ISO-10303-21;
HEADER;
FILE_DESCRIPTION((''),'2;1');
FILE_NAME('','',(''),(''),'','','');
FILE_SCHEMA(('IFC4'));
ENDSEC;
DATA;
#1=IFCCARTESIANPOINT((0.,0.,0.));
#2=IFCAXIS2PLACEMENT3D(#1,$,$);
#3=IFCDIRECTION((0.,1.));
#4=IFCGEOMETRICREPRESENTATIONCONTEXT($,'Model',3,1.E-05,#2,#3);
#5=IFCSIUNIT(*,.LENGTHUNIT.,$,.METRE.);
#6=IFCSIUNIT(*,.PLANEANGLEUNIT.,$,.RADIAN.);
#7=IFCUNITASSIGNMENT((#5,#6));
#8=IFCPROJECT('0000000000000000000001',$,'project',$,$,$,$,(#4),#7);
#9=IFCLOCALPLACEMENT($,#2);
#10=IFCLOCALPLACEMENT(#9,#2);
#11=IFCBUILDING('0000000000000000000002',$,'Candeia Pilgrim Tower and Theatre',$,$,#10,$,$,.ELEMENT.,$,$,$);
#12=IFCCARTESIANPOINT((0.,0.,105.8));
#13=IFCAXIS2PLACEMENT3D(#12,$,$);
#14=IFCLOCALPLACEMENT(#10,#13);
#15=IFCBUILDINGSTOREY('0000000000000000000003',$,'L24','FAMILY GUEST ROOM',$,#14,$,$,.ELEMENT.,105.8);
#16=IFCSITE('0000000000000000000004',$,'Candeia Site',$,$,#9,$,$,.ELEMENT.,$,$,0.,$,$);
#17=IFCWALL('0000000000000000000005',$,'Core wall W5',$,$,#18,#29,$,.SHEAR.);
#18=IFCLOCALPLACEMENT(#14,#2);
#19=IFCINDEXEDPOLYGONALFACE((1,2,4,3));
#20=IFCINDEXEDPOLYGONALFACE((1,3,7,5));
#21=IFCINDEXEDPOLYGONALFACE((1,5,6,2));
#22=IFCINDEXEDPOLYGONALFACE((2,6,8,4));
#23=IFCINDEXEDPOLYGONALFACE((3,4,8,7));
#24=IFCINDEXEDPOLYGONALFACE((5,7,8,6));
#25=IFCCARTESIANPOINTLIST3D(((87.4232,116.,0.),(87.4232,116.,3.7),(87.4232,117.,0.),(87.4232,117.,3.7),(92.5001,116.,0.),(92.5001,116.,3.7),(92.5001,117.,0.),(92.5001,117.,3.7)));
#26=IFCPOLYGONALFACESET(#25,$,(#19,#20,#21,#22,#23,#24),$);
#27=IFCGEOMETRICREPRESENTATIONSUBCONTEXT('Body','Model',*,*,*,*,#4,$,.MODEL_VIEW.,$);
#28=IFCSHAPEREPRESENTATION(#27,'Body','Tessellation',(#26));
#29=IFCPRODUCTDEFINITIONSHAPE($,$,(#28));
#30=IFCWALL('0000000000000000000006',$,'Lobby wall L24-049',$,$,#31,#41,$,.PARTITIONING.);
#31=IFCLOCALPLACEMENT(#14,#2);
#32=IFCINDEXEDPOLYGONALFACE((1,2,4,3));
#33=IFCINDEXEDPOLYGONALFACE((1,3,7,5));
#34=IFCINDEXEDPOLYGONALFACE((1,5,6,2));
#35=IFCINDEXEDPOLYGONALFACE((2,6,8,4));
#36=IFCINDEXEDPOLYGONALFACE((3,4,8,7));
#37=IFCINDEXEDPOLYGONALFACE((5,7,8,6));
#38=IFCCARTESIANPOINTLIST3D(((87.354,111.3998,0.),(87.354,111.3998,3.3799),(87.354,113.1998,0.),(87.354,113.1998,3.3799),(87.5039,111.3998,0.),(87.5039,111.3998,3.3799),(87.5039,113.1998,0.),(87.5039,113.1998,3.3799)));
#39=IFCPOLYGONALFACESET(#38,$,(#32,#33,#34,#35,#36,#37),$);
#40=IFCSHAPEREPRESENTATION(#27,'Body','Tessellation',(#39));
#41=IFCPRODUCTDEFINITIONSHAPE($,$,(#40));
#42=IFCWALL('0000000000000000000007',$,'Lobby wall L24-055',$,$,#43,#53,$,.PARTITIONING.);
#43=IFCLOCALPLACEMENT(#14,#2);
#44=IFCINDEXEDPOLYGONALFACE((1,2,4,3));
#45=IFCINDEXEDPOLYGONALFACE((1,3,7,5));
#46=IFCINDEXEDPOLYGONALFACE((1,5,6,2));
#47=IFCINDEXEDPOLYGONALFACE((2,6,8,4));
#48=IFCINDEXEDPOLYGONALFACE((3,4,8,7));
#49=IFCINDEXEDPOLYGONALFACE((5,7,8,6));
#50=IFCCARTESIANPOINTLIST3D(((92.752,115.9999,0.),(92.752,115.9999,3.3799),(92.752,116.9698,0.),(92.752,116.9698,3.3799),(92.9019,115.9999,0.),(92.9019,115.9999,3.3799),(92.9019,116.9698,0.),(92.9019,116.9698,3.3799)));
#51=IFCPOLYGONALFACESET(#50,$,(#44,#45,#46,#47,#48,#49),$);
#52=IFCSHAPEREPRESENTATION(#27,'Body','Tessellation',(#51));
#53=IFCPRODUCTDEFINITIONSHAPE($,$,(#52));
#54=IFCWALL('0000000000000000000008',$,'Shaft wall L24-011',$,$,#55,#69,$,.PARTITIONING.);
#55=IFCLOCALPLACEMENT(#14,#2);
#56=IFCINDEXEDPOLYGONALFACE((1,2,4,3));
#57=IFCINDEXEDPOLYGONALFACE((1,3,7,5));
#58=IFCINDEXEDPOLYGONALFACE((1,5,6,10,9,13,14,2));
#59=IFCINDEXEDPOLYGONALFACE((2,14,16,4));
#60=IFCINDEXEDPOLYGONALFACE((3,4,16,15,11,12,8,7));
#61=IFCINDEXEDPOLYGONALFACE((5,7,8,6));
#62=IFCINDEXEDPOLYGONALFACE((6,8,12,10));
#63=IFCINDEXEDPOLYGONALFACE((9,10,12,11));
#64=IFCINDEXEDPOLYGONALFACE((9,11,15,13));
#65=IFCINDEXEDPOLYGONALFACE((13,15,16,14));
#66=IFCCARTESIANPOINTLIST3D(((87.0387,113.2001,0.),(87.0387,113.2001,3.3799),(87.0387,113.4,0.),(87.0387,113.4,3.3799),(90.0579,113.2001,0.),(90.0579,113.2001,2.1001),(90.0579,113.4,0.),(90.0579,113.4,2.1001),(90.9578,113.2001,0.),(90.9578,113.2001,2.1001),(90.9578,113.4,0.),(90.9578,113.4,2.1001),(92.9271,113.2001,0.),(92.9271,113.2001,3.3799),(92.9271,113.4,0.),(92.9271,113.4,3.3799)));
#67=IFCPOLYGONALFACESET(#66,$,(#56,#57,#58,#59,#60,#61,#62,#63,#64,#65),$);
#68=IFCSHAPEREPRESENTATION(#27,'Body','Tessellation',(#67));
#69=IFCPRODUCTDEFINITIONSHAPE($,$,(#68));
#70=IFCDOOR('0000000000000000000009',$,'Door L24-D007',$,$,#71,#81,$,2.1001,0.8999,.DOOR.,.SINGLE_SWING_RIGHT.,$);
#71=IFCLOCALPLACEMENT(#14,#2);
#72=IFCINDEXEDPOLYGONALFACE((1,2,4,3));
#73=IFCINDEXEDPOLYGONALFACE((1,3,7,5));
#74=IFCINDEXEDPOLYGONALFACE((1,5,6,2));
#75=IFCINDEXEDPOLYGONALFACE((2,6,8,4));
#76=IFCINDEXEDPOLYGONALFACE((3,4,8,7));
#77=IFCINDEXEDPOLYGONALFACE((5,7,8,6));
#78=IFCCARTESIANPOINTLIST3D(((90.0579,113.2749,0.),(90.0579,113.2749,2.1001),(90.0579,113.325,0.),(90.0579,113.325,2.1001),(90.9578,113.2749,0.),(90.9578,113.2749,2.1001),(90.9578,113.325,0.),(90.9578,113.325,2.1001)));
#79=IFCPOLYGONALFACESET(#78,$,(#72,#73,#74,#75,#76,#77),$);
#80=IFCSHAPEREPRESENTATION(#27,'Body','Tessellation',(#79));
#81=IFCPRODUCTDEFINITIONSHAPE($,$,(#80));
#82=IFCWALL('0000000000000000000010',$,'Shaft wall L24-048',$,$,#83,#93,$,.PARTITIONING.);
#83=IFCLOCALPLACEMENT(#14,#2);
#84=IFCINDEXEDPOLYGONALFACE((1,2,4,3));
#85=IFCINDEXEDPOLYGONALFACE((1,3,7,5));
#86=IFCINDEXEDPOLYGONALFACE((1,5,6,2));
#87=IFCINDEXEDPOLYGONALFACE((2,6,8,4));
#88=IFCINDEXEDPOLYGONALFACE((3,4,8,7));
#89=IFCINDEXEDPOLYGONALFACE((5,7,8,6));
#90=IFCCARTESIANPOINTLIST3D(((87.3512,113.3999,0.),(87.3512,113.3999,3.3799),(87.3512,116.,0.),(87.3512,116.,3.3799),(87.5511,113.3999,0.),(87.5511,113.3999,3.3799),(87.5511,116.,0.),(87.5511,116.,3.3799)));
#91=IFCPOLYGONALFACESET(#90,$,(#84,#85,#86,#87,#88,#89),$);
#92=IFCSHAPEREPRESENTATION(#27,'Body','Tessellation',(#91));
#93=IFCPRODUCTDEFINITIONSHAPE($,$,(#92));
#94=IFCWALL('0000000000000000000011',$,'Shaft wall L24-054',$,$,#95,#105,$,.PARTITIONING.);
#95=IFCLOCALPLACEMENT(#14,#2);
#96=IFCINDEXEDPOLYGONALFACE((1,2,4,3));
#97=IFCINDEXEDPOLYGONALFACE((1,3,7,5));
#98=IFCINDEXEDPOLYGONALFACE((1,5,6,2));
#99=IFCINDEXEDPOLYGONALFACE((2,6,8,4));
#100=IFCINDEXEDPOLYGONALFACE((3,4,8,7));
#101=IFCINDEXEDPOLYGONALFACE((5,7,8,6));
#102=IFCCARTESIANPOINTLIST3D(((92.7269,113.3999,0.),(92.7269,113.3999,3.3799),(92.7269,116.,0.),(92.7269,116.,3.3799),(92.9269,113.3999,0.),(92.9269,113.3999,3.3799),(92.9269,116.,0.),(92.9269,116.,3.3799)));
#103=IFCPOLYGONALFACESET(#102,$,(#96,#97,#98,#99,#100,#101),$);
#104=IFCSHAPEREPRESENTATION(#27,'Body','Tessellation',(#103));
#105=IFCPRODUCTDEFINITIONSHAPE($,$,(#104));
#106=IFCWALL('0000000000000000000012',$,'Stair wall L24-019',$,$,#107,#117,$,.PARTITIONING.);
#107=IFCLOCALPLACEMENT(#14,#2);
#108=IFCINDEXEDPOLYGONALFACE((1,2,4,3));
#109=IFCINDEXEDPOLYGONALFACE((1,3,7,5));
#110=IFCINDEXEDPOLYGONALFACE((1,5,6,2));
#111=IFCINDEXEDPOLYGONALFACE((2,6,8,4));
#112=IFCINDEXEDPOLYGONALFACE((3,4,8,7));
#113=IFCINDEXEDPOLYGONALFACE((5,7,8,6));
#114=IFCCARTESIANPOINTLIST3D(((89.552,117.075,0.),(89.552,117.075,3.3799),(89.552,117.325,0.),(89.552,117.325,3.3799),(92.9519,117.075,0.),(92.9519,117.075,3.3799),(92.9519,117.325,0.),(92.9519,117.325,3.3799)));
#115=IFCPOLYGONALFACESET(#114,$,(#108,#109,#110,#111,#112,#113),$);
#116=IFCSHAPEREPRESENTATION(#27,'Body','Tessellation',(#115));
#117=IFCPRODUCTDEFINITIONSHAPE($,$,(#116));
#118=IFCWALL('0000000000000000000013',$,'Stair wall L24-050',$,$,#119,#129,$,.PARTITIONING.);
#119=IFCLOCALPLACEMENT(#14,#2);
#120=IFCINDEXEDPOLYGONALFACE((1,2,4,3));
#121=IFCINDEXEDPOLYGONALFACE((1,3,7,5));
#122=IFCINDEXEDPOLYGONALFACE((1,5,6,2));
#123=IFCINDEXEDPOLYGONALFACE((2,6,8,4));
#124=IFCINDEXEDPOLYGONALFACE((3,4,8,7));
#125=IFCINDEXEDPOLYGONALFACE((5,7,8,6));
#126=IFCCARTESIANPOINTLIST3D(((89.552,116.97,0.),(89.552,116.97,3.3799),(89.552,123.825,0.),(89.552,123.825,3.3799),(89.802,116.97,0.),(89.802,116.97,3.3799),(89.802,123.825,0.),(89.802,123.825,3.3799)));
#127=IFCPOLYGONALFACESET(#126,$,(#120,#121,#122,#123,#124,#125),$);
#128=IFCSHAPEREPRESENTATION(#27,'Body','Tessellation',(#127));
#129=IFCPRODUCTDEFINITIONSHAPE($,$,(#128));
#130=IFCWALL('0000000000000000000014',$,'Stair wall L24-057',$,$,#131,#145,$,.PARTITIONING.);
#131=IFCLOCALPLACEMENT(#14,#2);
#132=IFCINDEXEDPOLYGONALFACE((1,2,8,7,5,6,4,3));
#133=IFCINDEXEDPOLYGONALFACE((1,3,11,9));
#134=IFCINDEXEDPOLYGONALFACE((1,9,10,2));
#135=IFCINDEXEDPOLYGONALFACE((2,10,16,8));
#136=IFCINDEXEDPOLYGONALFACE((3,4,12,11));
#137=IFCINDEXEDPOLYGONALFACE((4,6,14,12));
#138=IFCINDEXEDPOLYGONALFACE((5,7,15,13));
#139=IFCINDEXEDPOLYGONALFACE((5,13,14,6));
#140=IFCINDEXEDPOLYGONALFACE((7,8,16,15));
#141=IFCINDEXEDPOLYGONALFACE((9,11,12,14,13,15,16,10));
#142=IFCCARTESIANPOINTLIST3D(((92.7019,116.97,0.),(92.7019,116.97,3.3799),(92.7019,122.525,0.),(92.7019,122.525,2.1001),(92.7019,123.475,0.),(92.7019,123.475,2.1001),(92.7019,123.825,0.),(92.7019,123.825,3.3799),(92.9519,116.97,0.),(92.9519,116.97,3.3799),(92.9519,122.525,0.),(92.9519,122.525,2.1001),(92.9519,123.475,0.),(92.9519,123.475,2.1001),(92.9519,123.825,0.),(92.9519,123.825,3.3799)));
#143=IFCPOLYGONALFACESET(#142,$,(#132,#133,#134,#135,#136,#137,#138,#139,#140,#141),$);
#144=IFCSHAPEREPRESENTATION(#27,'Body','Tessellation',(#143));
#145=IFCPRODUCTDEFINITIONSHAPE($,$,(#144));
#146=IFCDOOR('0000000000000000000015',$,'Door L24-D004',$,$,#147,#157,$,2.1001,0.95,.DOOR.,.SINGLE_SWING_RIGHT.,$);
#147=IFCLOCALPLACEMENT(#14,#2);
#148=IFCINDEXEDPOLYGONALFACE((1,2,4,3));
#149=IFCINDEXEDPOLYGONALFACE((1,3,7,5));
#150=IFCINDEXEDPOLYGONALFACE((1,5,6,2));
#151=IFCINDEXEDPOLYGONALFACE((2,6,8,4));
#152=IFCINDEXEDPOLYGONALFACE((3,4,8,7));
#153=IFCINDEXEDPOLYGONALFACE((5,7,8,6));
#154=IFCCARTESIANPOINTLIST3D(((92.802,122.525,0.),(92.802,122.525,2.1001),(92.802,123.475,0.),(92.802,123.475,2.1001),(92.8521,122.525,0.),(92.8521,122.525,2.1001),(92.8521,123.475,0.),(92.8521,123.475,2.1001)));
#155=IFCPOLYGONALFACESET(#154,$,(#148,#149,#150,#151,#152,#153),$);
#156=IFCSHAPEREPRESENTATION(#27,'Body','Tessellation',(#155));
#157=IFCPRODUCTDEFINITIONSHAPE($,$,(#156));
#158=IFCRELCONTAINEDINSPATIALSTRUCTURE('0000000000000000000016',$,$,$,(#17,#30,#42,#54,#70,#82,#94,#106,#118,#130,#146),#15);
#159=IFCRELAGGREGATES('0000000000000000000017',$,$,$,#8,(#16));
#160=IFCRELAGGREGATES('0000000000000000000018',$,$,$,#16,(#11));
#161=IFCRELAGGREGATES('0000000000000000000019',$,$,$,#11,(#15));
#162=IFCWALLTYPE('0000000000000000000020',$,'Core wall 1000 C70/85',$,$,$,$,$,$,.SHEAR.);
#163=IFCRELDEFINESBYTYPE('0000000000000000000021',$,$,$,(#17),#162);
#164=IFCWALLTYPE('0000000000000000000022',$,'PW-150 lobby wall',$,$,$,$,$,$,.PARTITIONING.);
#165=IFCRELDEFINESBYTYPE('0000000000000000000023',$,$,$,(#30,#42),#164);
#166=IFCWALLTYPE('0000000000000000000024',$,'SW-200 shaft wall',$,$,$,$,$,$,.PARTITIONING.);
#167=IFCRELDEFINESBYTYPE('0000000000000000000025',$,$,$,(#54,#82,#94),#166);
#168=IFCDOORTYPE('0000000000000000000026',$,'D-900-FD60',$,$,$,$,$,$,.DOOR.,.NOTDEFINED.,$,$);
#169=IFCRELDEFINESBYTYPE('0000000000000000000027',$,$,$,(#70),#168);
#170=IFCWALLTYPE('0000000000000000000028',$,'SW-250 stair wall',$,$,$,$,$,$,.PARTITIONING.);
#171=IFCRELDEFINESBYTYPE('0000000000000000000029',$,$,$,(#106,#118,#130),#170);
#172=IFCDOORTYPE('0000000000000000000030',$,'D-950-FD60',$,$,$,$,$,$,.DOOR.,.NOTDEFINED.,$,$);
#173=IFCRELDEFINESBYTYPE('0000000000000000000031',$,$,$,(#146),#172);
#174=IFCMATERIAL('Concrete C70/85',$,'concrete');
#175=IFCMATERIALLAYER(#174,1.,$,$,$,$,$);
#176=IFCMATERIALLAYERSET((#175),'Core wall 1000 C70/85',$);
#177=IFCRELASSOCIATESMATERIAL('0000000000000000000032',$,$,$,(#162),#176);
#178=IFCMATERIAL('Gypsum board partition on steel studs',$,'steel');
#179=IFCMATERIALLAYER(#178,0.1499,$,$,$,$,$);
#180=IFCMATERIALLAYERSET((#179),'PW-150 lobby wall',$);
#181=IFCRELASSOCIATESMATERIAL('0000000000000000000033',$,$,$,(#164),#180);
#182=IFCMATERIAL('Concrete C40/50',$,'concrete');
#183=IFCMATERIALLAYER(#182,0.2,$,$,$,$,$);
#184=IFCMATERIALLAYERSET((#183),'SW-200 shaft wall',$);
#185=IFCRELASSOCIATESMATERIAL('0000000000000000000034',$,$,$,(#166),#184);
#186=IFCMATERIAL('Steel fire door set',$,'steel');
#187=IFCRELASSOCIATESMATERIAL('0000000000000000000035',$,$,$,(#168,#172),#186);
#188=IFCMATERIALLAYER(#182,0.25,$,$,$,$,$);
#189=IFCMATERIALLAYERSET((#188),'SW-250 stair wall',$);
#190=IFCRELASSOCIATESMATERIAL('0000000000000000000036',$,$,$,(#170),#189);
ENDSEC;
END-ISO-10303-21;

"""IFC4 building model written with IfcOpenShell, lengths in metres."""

from ifc_helpers import new_model, si_unit, direction, frame, frame_2d, origin, place, context, subcontext, project, spatial, rectangle, extrude, material, layer, layer_set, type_object, element, fill, save


model = new_model("IFC4")

# Units and contexts
model_context = context("Model", 3, precision=1e-05, world=origin(), true_north=direction((0.0, 1.0)))
body_context = subcontext(model_context, "Body", "Model", "MODEL_VIEW")
ifc_project = project(units=[si_unit("LENGTHUNIT", "METRE"), si_unit("PLANEANGLEUNIT", "RADIAN")], contexts=[model_context])

# Site, building, storey
site_placement = place(None, origin())
site = spatial("IfcSite", under=ifc_project, at=site_placement, Name="Candeia Site", CompositionType="ELEMENT", RefElevation=0.0)
building_placement = place(site_placement, origin())
building = spatial("IfcBuilding", under=site, at=building_placement, Name="Candeia Pilgrim Tower and Theatre", CompositionType="ELEMENT")
storey_placement = place(building_placement, frame((0.0, 0.0, 105.8)))
storey = spatial("IfcBuildingStorey", under=building, at=storey_placement, Name="L24", Description="FAMILY GUEST ROOM", CompositionType="ELEMENT", Elevation=105.8)

# Walls
ifc_material_1 = material(Name="Concrete C70/85", Category="concrete")
ifc_layer_1 = layer(ifc_material_1, 1.0)
ifc_layer_set_1 = layer_set([ifc_layer_1], Name="Core wall 1000 C70/85")
wall_type_1 = type_object("IfcWallType", Name="Core wall 1000 C70/85", PredefinedType="SHEAR", material=ifc_layer_set_1)
wall_1_placement = place(storey_placement, frame((87.4231, 116.5, 0.0), z_axis=(0.0, 0.0, 1.0), x_axis=(1.0, 0.0, 0.0)))
element("IfcWall", 1, at=wall_1_placement, inside=storey, type_object=wall_type_1, Name="Core wall W5", PredefinedType="SHEAR", context=body_context, shape_type="SweptSolid", body=[
    extrude(rectangle(XDim=5.0769, YDim=1.0, at=frame_2d((2.5386, 0.0))), origin(), (0.0, 0.0, 1.0), 3.7),
])
ifc_material_2 = material(Name="Gypsum board partition on steel studs", Category="steel")
ifc_layer_2 = layer(ifc_material_2, 0.1499)
ifc_layer_set_2 = layer_set([ifc_layer_2], Name="PW-150 lobby wall")
wall_type_2 = type_object("IfcWallType", Name="PW-150 lobby wall", PredefinedType="PARTITIONING", material=ifc_layer_set_2)
wall_2_placement = place(storey_placement, frame((87.429, 111.3999, 0.0), z_axis=(0.0, 0.0, 1.0), x_axis=(0.0, 1.0, 0.0)))
element("IfcWall", 2, at=wall_2_placement, inside=storey, type_object=wall_type_2, Name="Lobby wall L24-049", PredefinedType="PARTITIONING", context=body_context, shape_type="SweptSolid", body=[
    extrude(rectangle(XDim=1.8, YDim=0.1499, at=frame_2d((0.8999, 0.0))), origin(), (0.0, 0.0, 1.0), 3.3799),
])
wall_3_placement = place(storey_placement, frame((92.8269, 116.0, 0.0), z_axis=(0.0, 0.0, 1.0), x_axis=(0.0, 1.0, 0.0)))
element("IfcWall", 3, at=wall_3_placement, inside=storey, type_object=wall_type_2, Name="Lobby wall L24-055", PredefinedType="PARTITIONING", context=body_context, shape_type="SweptSolid", body=[
    extrude(rectangle(XDim=0.97, YDim=0.1499, at=frame_2d((0.4849, 0.0))), origin(), (0.0, 0.0, 1.0), 3.3799),
])

# Wall, opening, door
ifc_material_3 = material(Name="Concrete C40/50", Category="concrete")
ifc_layer_3 = layer(ifc_material_3, 0.2)
ifc_layer_set_3 = layer_set([ifc_layer_3], Name="SW-200 shaft wall")
wall_type_3 = type_object("IfcWallType", Name="SW-200 shaft wall", PredefinedType="PARTITIONING", material=ifc_layer_set_3)
wall_4_placement = place(storey_placement, frame((87.0386, 113.3, 0.0), z_axis=(0.0, 0.0, 1.0), x_axis=(1.0, 0.0, 0.0)))
wall_4 = element("IfcWall", 4, at=wall_4_placement, inside=storey, type_object=wall_type_3, Name="Shaft wall L24-011", PredefinedType="PARTITIONING", context=body_context, shape_type="SweptSolid", body=[
    extrude(rectangle(XDim=5.8884, YDim=0.2, at=frame_2d((2.9443, 0.0))), origin(), (0.0, 0.0, 1.0), 3.3799),
])
opening_1_placement = place(wall_4_placement, frame((3.0193, 0.0, 0.0)))
opening_1 = element("IfcOpeningElement", 5, at=opening_1_placement, cuts=wall_4, PredefinedType="OPENING", context=body_context, shape_type="SweptSolid", body=[
    extrude(rectangle(XDim=0.8999, YDim=2.1001, at=frame_2d((0.45, 1.05))), frame((0.0, 0.1099, 0.0), z_axis=(0.0, -1.0, 0.0), x_axis=(1.0, 0.0, 0.0)), (0.0, 0.0, 1.0), 0.22),
])
ifc_material_4 = material(Name="Steel fire door set", Category="steel")
door_type_1 = type_object("IfcDoorType", Name="D-900-FD60", OperationType="NOTDEFINED", PredefinedType="DOOR", material=ifc_material_4)
door_1_placement = place(opening_1_placement, origin())
door_1 = element("IfcDoor", 6, at=door_1_placement, inside=storey, type_object=door_type_1, Name="Door L24-D007", OperationType="SINGLE_SWING_RIGHT", OverallHeight=2.1001, OverallWidth=0.8999, PredefinedType="DOOR", context=body_context, shape_type="SweptSolid", body=[
    extrude(rectangle(XDim=0.8999, YDim=2.1001, at=frame_2d((0.45, 1.05))), frame((0.0, 0.0249, 0.0), z_axis=(0.0, -1.0, 0.0), x_axis=(1.0, 0.0, 0.0)), (0.0, 0.0, 1.0), 0.05),
])
fill(opening_1, door_1)

# Walls
for number, where, z_axis, x_axis, name in (
    (7, (87.4512, 113.3999, 0.0), (0.0, 0.0, 1.0), (0.0, 1.0, 0.0), "Shaft wall L24-048"),
    (8, (92.8269, 113.3999, 0.0), (0.0, 0.0, 1.0), (0.0, 1.0, 0.0), "Shaft wall L24-054"),
):
    element("IfcWall", number, at=place(storey_placement, frame(where, z_axis=z_axis, x_axis=x_axis)), inside=storey, type_object=wall_type_3, Name=name, PredefinedType="PARTITIONING", context=body_context, shape_type="SweptSolid", body=[
        extrude(rectangle(XDim=2.6001, YDim=0.2, at=frame_2d((1.3, 0.0))), origin(), (0.0, 0.0, 1.0), 3.3799),
    ])
ifc_layer_4 = layer(ifc_material_3, 0.25)
ifc_layer_set_4 = layer_set([ifc_layer_4], Name="SW-250 stair wall")
wall_type_4 = type_object("IfcWallType", Name="SW-250 stair wall", PredefinedType="PARTITIONING", material=ifc_layer_set_4)
wall_5_placement = place(storey_placement, frame((89.552, 117.2, 0.0), z_axis=(0.0, 0.0, 1.0), x_axis=(1.0, 0.0, 0.0)))
element("IfcWall", 9, at=wall_5_placement, inside=storey, type_object=wall_type_4, Name="Stair wall L24-019", PredefinedType="PARTITIONING", context=body_context, shape_type="SweptSolid", body=[
    extrude(rectangle(XDim=3.3999, YDim=0.25, at=frame_2d((1.7, 0.0))), origin(), (0.0, 0.0, 1.0), 3.3799),
])
wall_6_placement = place(storey_placement, frame((89.677, 116.97, 0.0), z_axis=(0.0, 0.0, 1.0), x_axis=(0.0, 1.0, 0.0)))
element("IfcWall", 10, at=wall_6_placement, inside=storey, type_object=wall_type_4, Name="Stair wall L24-050", PredefinedType="PARTITIONING", context=body_context, shape_type="SweptSolid", body=[
    extrude(rectangle(XDim=6.855, YDim=0.25, at=frame_2d((3.4275, 0.0))), origin(), (0.0, 0.0, 1.0), 3.3799),
])

# Wall, opening, door
wall_7_placement = place(storey_placement, frame((92.8269, 116.97, 0.0), z_axis=(0.0, 0.0, 1.0), x_axis=(0.0, 1.0, 0.0)))
wall_7 = element("IfcWall", 11, at=wall_7_placement, inside=storey, type_object=wall_type_4, Name="Stair wall L24-057", PredefinedType="PARTITIONING", context=body_context, shape_type="SweptSolid", body=[
    extrude(rectangle(XDim=6.855, YDim=0.25, at=frame_2d((3.4275, 0.0))), origin(), (0.0, 0.0, 1.0), 3.3799),
])
opening_2_placement = place(wall_7_placement, frame((5.5549, 0.0, 0.0)))
opening_2 = element("IfcOpeningElement", 12, at=opening_2_placement, cuts=wall_7, PredefinedType="OPENING", context=body_context, shape_type="SweptSolid", body=[
    extrude(rectangle(XDim=0.95, YDim=2.1001, at=frame_2d((0.4751, 1.05))), frame((0.0, 0.135, 0.0), z_axis=(0.0, -1.0, 0.0), x_axis=(1.0, 0.0, 0.0)), (0.0, 0.0, 1.0), 0.27),
])
door_type_2 = type_object("IfcDoorType", Name="D-950-FD60", OperationType="NOTDEFINED", PredefinedType="DOOR", material=ifc_material_4)
door_2_placement = place(opening_2_placement, origin())
door_2 = element("IfcDoor", 13, at=door_2_placement, inside=storey, type_object=door_type_2, Name="Door L24-D004", OperationType="SINGLE_SWING_RIGHT", OverallHeight=2.1001, OverallWidth=0.95, PredefinedType="DOOR", context=body_context, shape_type="SweptSolid", body=[
    extrude(rectangle(XDim=0.95, YDim=2.1001, at=frame_2d((0.4751, 1.05))), frame((0.0, 0.0249, 0.0), z_axis=(0.0, -1.0, 0.0), x_axis=(1.0, 0.0, 0.0)), (0.0, 0.0, 1.0), 0.05),
])
fill(opening_2, door_2)

save(model, "model.ifc")
